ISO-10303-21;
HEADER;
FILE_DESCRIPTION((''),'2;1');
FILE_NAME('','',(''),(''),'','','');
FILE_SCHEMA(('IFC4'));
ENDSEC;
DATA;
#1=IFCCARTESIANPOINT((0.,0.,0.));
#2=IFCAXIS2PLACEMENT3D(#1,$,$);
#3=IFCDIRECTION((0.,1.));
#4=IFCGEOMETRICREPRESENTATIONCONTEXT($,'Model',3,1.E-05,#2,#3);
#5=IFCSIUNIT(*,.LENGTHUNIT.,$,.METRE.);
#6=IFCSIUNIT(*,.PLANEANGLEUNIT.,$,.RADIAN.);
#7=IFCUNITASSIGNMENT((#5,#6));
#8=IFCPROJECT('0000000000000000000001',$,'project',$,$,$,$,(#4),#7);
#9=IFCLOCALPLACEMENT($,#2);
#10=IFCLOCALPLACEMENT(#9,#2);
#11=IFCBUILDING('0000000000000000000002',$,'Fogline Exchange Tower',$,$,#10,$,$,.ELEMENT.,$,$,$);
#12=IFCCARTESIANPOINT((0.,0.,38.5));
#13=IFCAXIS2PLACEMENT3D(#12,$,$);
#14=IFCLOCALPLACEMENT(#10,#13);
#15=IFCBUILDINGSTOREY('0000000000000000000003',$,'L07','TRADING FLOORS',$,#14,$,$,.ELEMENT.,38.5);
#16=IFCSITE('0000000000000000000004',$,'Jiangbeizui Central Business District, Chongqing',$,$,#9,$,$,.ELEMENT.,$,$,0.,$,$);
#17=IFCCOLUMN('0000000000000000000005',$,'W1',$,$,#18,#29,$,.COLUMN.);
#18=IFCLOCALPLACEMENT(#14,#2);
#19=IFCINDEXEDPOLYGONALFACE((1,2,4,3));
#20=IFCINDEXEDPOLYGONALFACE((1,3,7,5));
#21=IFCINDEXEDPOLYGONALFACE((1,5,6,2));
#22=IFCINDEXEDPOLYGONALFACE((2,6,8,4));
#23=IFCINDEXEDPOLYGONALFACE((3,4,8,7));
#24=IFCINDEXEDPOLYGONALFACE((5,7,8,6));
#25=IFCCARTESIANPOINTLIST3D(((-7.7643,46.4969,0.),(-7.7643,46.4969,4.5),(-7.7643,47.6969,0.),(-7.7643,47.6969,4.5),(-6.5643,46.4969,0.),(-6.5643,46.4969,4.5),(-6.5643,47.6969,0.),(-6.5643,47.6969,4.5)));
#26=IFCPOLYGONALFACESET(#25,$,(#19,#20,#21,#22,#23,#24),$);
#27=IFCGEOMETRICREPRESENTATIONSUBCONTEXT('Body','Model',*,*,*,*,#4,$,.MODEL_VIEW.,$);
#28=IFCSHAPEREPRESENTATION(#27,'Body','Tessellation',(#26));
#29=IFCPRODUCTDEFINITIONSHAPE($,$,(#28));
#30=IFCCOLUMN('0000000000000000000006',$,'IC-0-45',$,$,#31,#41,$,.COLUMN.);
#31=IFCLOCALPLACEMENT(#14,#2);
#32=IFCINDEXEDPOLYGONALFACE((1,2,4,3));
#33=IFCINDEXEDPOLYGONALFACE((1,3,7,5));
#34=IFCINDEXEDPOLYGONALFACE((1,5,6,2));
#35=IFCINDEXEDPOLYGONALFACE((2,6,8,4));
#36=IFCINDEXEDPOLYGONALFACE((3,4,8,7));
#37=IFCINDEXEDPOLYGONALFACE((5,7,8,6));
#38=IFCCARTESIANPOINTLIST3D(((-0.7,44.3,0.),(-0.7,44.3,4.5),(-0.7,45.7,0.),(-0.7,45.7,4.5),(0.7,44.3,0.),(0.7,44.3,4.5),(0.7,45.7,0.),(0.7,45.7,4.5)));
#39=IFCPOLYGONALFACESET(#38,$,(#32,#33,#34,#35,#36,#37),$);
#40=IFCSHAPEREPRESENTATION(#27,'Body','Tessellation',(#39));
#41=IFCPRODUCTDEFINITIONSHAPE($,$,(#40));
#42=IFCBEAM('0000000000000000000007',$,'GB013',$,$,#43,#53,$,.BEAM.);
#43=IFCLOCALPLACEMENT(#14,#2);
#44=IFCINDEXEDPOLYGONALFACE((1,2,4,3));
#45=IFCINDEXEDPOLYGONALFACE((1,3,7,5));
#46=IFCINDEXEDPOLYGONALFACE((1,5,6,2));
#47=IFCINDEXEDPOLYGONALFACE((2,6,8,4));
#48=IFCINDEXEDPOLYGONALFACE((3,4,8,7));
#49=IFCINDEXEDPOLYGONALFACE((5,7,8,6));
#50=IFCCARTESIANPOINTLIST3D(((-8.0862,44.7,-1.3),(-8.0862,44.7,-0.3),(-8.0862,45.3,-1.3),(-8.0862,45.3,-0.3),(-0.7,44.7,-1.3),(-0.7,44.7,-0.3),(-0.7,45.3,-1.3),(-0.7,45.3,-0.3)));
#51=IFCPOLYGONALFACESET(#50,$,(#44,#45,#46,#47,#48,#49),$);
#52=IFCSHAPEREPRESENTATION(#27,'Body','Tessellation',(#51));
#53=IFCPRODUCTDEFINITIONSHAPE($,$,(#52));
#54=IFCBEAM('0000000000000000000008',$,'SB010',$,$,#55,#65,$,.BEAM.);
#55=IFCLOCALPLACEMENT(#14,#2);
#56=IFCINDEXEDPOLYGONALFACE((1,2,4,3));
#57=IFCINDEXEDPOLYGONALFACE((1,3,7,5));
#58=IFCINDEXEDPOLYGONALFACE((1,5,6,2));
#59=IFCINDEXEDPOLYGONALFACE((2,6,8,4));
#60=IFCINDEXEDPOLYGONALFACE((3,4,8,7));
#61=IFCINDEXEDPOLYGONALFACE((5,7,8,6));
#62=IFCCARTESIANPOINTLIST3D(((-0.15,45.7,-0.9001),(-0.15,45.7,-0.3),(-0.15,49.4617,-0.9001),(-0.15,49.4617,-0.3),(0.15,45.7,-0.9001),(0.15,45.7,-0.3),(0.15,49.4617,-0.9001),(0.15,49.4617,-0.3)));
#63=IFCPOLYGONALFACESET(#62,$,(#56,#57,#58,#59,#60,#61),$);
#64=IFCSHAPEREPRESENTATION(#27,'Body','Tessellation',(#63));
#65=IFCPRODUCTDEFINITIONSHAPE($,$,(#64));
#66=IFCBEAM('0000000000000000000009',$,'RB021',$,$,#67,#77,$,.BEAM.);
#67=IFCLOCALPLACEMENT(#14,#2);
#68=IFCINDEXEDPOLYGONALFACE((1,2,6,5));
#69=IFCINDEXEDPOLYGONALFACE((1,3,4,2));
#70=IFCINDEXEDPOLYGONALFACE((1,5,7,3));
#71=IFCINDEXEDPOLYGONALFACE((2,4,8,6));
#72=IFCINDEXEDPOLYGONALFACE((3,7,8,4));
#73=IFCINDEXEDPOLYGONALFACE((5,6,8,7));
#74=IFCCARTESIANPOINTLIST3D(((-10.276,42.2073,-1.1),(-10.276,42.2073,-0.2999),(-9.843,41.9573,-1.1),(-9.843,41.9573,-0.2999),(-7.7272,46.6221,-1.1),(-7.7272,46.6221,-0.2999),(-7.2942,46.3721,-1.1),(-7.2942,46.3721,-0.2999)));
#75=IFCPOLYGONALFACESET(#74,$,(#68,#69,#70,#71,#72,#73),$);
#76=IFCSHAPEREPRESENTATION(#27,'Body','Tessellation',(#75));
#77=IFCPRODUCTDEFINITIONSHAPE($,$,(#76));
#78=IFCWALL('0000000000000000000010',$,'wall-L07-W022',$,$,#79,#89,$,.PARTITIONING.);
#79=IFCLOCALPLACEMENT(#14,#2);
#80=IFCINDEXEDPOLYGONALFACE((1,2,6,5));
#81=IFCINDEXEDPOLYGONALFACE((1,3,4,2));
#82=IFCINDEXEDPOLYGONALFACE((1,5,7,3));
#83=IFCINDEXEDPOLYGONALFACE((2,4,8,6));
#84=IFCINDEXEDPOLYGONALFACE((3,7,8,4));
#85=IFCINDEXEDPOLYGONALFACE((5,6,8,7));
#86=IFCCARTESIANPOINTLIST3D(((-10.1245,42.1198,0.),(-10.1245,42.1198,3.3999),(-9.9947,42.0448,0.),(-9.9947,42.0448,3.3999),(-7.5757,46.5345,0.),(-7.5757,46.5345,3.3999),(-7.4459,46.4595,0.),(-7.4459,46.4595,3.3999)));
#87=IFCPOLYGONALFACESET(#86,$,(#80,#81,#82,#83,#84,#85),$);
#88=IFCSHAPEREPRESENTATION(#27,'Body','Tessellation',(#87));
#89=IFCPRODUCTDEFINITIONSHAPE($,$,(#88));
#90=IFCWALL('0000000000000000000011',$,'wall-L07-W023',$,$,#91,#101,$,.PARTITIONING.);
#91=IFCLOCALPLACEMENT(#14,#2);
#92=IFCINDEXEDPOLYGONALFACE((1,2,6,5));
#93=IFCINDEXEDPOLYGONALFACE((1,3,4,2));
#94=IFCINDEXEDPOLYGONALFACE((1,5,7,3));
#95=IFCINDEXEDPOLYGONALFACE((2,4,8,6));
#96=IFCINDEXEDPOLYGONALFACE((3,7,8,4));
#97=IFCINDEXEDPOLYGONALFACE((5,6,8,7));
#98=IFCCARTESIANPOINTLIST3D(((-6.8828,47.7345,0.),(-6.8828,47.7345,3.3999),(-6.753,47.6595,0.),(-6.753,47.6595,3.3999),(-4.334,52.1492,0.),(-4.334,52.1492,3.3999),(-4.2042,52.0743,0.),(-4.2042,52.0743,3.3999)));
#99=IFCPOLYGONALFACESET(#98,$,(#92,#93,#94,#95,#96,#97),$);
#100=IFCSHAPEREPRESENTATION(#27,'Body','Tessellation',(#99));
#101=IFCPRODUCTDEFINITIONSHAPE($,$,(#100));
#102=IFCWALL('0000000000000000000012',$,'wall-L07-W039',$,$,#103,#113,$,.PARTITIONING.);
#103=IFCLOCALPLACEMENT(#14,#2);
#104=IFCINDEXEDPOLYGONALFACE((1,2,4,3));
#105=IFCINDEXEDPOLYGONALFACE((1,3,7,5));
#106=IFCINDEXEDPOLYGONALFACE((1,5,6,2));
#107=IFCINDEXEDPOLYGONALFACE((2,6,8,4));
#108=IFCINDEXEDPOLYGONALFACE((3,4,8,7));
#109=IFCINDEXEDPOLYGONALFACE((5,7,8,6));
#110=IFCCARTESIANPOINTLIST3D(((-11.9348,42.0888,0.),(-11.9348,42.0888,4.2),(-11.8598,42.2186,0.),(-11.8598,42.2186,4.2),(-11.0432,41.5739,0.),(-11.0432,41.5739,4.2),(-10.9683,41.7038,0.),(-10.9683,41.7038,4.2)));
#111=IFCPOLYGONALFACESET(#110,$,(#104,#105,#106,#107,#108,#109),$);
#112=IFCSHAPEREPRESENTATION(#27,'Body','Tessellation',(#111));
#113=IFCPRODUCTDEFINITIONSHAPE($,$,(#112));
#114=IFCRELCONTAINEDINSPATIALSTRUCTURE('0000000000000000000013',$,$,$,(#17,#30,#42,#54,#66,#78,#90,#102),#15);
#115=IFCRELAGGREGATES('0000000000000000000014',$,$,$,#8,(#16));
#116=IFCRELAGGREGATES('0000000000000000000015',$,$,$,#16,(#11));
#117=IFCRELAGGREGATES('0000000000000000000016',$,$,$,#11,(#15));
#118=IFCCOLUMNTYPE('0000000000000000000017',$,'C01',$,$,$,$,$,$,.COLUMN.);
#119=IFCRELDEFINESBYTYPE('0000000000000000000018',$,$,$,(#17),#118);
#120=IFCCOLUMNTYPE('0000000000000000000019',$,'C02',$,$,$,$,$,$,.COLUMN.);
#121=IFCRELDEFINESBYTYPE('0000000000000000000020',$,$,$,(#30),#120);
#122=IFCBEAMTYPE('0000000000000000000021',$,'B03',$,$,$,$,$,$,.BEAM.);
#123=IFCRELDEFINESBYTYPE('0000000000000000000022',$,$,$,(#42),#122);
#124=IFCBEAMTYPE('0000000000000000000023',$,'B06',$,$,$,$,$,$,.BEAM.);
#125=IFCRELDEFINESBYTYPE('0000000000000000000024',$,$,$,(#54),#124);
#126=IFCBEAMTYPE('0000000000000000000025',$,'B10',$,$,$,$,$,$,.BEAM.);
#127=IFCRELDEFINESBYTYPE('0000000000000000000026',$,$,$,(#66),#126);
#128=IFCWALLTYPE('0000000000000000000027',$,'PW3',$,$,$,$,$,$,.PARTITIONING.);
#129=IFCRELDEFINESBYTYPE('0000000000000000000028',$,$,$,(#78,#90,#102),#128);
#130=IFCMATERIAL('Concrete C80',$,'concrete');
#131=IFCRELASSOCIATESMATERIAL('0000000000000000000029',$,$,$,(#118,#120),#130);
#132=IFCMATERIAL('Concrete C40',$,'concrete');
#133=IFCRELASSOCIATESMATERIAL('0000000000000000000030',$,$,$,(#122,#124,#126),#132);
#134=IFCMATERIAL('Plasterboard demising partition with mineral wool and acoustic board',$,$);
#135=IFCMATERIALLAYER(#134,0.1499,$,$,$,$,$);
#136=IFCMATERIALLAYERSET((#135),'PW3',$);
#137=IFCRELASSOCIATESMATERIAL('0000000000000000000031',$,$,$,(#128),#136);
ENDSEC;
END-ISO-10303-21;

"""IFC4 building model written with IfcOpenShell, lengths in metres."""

from ifc_helpers import new_model, si_unit, direction, frame, frame_2d, origin, origin_2d, place, context, subcontext, project, spatial, rectangle, extrude, material, layer, layer_set, material_profile, profile_set, type_object, element, save


model = new_model("IFC4")

# Units and contexts
model_context = context("Model", 3, precision=1e-05, world=origin(), true_north=direction((0.0, 1.0)))
body_context = subcontext(model_context, "Body", "Model", "MODEL_VIEW")
ifc_project = project(units=[si_unit("LENGTHUNIT", "METRE"), si_unit("PLANEANGLEUNIT", "RADIAN")], contexts=[model_context])

# Site, building, storey
site_placement = place(None, origin())
site = spatial("IfcSite", under=ifc_project, at=site_placement, Name="Jiangbeizui Central Business District, Chongqing", CompositionType="ELEMENT", RefElevation=0.0)
building_placement = place(site_placement, origin())
building = spatial("IfcBuilding", under=site, at=building_placement, Name="Fogline Exchange Tower", CompositionType="ELEMENT")
storey_placement = place(building_placement, frame((0.0, 0.0, 38.5)))
storey = spatial("IfcBuildingStorey", under=building, at=storey_placement, Name="L07", Description="TRADING FLOORS", CompositionType="ELEMENT", Elevation=38.5)

# Columns
ifc_material_1 = material(Name="Concrete C80", Category="concrete")
ifc_material_profile_1 = material_profile(ifc_material_1, rectangle(XDim=1.2, YDim=1.2, at=origin_2d()), Name="RC 1200x1200")
ifc_profile_set_1 = profile_set([ifc_material_profile_1], Name="Concrete C80")
column_type_1 = type_object("IfcColumnType", Name="C01", PredefinedType="COLUMN", material=ifc_profile_set_1)
column_1_placement = place(storey_placement, frame((-7.1643, 47.0969, 0.0), z_axis=(0.0, 0.0, 1.0), x_axis=(1.0, 0.0, 0.0)))
element("IfcColumn", 1, at=column_1_placement, inside=storey, type_object=column_type_1, Name="W1", PredefinedType="COLUMN", context=body_context, shape_type="SweptSolid", body=[
    extrude(rectangle(XDim=1.2, YDim=1.2, at=origin_2d()), origin(), (0.0, 0.0, 1.0), 4.5),
])
ifc_material_profile_2 = material_profile(ifc_material_1, rectangle(XDim=1.3999, YDim=1.3999, at=origin_2d()), Name="RC 1400x1400")
ifc_profile_set_2 = profile_set([ifc_material_profile_2], Name="Concrete C80")
column_type_2 = type_object("IfcColumnType", Name="C02", PredefinedType="COLUMN", material=ifc_profile_set_2)
column_2_placement = place(storey_placement, frame((0.0, 45.0, 0.0), z_axis=(0.0, 0.0, 1.0), x_axis=(1.0, 0.0, 0.0)))
element("IfcColumn", 2, at=column_2_placement, inside=storey, type_object=column_type_2, Name="IC-0-45", PredefinedType="COLUMN", context=body_context, shape_type="SweptSolid", body=[
    extrude(rectangle(XDim=1.3999, YDim=1.3999, at=origin_2d()), origin(), (0.0, 0.0, 1.0), 4.5),
])

# Beams
ifc_material_2 = material(Name="Concrete C40", Category="concrete")
ifc_material_profile_3 = material_profile(ifc_material_2, rectangle(XDim=0.6001, YDim=1.0, at=origin_2d()), Name="RC 600x1000")
ifc_profile_set_3 = profile_set([ifc_material_profile_3], Name="Concrete C40")
beam_type_1 = type_object("IfcBeamType", Name="B03", PredefinedType="BEAM", material=ifc_profile_set_3)
beam_1_placement = place(storey_placement, frame((-8.0862, 45.0, -0.8), z_axis=(1.0, 0.0, 0.0), x_axis=(0.0, 1.0, 0.0)))
element("IfcBeam", 3, at=beam_1_placement, inside=storey, type_object=beam_type_1, Name="GB013", PredefinedType="BEAM", context=body_context, shape_type="SweptSolid", body=[
    extrude(rectangle(XDim=0.6001, YDim=1.0, at=origin_2d()), origin(), (0.0, 0.0, 1.0), 7.3862),
])
ifc_material_profile_4 = material_profile(ifc_material_2, rectangle(XDim=0.3, YDim=0.6001, at=origin_2d()), Name="RC 300x600")
ifc_profile_set_4 = profile_set([ifc_material_profile_4], Name="Concrete C40")
beam_type_2 = type_object("IfcBeamType", Name="B06", PredefinedType="BEAM", material=ifc_profile_set_4)
beam_2_placement = place(storey_placement, frame((0.0, 45.7, -0.6001), z_axis=(0.0, 1.0, 0.0), x_axis=(-1.0, 0.0, 0.0)))
element("IfcBeam", 4, at=beam_2_placement, inside=storey, type_object=beam_type_2, Name="SB010", PredefinedType="BEAM", context=body_context, shape_type="SweptSolid", body=[
    extrude(rectangle(XDim=0.3, YDim=0.6001, at=origin_2d()), origin(), (0.0, 0.0, 1.0), 3.7617),
])
ifc_material_profile_5 = material_profile(ifc_material_2, rectangle(XDim=0.5, YDim=0.8, at=origin_2d()), Name="RC 500x800")
ifc_profile_set_5 = profile_set([ifc_material_profile_5], Name="Concrete C40")
beam_type_3 = type_object("IfcBeamType", Name="B10", PredefinedType="BEAM", material=ifc_profile_set_5)
beam_3_placement = place(storey_placement, frame((-7.5107, 46.4971, -0.7), z_axis=(-0.499992, -0.86603, 0.0), x_axis=(0.86603, -0.499992, 0.0)))
element("IfcBeam", 5, at=beam_3_placement, inside=storey, type_object=beam_type_3, Name="RB021", PredefinedType="BEAM", context=body_context, shape_type="SweptSolid", body=[
    extrude(rectangle(XDim=0.5, YDim=0.8, at=origin_2d()), origin(), (0.0, 0.0, 1.0), 5.0977),
])

# Walls
ifc_material_3 = material(Name="Plasterboard demising partition with mineral wool and acoustic board")
ifc_layer = layer(ifc_material_3, 0.1499)
ifc_layer_set = layer_set([ifc_layer], Name="PW3")
wall_type = type_object("IfcWallType", Name="PW3", PredefinedType="PARTITIONING", material=ifc_layer_set)
for number, where, z_axis, x_axis, name in (
    (6, (-10.0596, 42.0823, 0.0), (0.0, 0.0, 1.0), (0.499992, 0.86603, 0.0), "wall-L07-W022"),
    (7, (-6.8179, 47.697, 0.0), (0.0, 0.0, 1.0), (0.499992, 0.86603, 0.0), "wall-L07-W023"),
):
    element("IfcWall", number, at=place(storey_placement, frame(where, z_axis=z_axis, x_axis=x_axis)), inside=storey, type_object=wall_type, Name=name, PredefinedType="PARTITIONING", context=body_context, shape_type="SweptSolid", body=[
        extrude(rectangle(XDim=5.0977, YDim=0.1499, at=frame_2d((2.5488, 0.0))), origin(), (0.0, 0.0, 1.0), 3.3999),
    ])
wall_placement = place(storey_placement, frame((-11.0059, 41.6389, 0.0), z_axis=(0.0, 0.0, 1.0), x_axis=(-0.865972, 0.500092, 0.0)))
element("IfcWall", 8, at=wall_placement, inside=storey, type_object=wall_type, Name="wall-L07-W039", PredefinedType="PARTITIONING", context=body_context, shape_type="SweptSolid", body=[
    extrude(rectangle(XDim=1.0295, YDim=0.1499, at=frame_2d((0.5146, 0.0))), origin(), (0.0, 0.0, 1.0), 4.2),
])

save(model, "model.ifc")
